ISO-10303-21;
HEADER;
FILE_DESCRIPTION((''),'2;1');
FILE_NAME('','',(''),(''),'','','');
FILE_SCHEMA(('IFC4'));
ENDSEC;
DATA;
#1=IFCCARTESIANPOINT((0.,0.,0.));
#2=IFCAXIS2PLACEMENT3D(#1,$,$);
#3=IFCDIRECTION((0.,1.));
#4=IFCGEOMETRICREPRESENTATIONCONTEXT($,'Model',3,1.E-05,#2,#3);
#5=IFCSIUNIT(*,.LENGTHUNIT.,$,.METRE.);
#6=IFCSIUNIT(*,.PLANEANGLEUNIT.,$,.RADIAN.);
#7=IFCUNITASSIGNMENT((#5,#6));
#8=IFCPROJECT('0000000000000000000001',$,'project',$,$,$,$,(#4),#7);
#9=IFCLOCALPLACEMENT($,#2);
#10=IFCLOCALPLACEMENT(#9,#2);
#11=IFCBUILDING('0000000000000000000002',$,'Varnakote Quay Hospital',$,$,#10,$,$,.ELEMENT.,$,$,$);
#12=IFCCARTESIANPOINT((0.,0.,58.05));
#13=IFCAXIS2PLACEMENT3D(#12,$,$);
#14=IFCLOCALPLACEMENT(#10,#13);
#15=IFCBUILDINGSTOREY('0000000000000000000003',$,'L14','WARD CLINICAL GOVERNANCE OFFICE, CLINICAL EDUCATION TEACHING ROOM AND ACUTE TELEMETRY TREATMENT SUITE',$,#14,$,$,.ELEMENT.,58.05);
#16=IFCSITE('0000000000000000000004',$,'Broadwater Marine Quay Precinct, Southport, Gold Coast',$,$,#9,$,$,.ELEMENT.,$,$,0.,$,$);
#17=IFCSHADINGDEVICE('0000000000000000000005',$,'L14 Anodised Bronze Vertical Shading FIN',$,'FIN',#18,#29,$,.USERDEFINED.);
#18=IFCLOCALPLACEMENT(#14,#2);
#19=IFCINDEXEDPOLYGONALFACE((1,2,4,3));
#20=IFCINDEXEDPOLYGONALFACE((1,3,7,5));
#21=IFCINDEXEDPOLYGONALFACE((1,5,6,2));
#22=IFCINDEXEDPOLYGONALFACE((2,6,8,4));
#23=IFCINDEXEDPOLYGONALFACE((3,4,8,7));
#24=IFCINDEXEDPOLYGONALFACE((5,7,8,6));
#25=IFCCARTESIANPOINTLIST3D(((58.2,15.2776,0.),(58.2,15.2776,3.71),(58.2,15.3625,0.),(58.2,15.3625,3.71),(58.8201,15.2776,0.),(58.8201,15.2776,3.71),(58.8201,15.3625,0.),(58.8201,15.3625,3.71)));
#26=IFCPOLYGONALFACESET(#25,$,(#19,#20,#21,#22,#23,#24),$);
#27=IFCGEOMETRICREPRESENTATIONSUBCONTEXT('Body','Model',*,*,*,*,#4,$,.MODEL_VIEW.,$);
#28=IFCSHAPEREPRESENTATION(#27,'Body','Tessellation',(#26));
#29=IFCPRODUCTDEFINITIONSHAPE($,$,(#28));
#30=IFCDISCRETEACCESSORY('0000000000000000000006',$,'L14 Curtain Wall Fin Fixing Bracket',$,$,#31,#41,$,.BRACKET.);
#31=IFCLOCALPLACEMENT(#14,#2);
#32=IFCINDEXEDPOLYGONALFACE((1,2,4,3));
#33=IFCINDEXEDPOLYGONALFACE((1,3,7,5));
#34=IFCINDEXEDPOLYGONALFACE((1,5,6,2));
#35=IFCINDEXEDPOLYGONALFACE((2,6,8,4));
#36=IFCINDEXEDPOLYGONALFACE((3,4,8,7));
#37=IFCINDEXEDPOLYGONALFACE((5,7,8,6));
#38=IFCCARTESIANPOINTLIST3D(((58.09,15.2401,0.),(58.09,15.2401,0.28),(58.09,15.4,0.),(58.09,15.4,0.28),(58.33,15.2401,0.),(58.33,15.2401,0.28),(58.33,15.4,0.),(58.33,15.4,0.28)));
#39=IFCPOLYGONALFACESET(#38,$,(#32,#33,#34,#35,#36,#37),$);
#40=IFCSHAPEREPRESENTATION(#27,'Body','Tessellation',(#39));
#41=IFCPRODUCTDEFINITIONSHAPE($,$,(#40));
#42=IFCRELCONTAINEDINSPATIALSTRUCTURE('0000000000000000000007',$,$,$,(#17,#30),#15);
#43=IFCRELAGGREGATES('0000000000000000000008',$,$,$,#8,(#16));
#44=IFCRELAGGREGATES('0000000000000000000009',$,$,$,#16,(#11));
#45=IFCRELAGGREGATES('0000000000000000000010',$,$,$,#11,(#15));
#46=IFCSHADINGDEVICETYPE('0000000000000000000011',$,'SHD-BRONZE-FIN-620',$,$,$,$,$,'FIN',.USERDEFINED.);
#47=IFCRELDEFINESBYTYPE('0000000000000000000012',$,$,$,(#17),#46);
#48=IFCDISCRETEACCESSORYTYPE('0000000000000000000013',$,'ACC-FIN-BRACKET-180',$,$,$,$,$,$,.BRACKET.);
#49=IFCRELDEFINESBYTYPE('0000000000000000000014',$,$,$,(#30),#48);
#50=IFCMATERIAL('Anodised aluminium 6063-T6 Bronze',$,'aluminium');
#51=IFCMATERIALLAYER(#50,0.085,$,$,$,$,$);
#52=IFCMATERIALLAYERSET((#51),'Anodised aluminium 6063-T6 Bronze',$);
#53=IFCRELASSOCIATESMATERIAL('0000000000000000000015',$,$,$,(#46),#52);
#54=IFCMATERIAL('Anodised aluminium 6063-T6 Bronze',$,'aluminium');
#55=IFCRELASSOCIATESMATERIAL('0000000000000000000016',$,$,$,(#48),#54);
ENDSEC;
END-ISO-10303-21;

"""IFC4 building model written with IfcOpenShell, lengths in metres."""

from ifc_helpers import new_model, si_unit, direction, frame, origin, origin_2d, place, context, subcontext, project, spatial, rectangle, extrude, material, layer, layer_set, type_object, element, save


model = new_model("IFC4")

# Units and contexts
model_context = context("Model", 3, precision=1e-05, world=origin(), true_north=direction((0.0, 1.0)))
body_context = subcontext(model_context, "Body", "Model", "MODEL_VIEW")
ifc_project = project(units=[si_unit("LENGTHUNIT", "METRE"), si_unit("PLANEANGLEUNIT", "RADIAN")], contexts=[model_context])

# Site, building, storey
site_placement = place(None, origin())
site = spatial("IfcSite", under=ifc_project, at=site_placement, Name="Broadwater Marine Quay Precinct, Southport, Gold Coast", CompositionType="ELEMENT", RefElevation=0.0)
building_placement = place(site_placement, origin())
building = spatial("IfcBuilding", under=site, at=building_placement, Name="Varnakote Quay Hospital", CompositionType="ELEMENT")
storey_placement = place(building_placement, frame((0.0, 0.0, 58.05)))
storey = spatial("IfcBuildingStorey", under=building, at=storey_placement, Name="L14", Description="WARD CLINICAL GOVERNANCE OFFICE, CLINICAL EDUCATION TEACHING ROOM AND ACUTE TELEMETRY TREATMENT SUITE", CompositionType="ELEMENT", Elevation=58.05)

# Shading device
ifc_material_1 = material(Name="Anodised aluminium 6063-T6 Bronze", Category="aluminium")
ifc_layer_1 = layer(ifc_material_1, 0.085)
ifc_layer_set_1 = layer_set([ifc_layer_1], Name="Anodised aluminium 6063-T6 Bronze")
shading_device_type = type_object("IfcShadingDeviceType", Name="SHD-BRONZE-FIN-620", ElementType="FIN", PredefinedType="USERDEFINED", material=ifc_layer_set_1)
shading_device_placement = place(storey_placement, frame((58.51, 15.3201, 0.0), z_axis=(0.0, 0.0, 1.0), x_axis=(-1.0, 0.0, 0.0)))
element("IfcShadingDevice", 1, at=shading_device_placement, inside=storey, type_object=shading_device_type, Name="L14 Anodised Bronze Vertical Shading FIN", ObjectType="FIN", PredefinedType="USERDEFINED", context=body_context, shape_type="SweptSolid", body=[
    extrude(rectangle(XDim=0.6201, YDim=0.085, at=origin_2d()), origin(), (0.0, 0.0, 1.0), 3.71),
])

# Discrete accessory
ifc_material_2 = material(Name="Anodised aluminium 6063-T6 Bronze", Category="aluminium")
discrete_accessory_type = type_object("IfcDiscreteAccessoryType", Name="ACC-FIN-BRACKET-180", PredefinedType="BRACKET", material=ifc_material_2)
discrete_accessory_placement = place(storey_placement, frame((58.21, 15.3201, 0.0), z_axis=(0.0, 0.0, 1.0), x_axis=(0.0, 1.0, 0.0)))
element("IfcDiscreteAccessory", 2, at=discrete_accessory_placement, inside=storey, type_object=discrete_accessory_type, Name="L14 Curtain Wall Fin Fixing Bracket", PredefinedType="BRACKET", context=body_context, shape_type="SweptSolid", body=[
    extrude(rectangle(XDim=0.1599, YDim=0.24, at=origin_2d()), origin(), (0.0, 0.0, 1.0), 0.28),
])

save(model, "model.ifc")
